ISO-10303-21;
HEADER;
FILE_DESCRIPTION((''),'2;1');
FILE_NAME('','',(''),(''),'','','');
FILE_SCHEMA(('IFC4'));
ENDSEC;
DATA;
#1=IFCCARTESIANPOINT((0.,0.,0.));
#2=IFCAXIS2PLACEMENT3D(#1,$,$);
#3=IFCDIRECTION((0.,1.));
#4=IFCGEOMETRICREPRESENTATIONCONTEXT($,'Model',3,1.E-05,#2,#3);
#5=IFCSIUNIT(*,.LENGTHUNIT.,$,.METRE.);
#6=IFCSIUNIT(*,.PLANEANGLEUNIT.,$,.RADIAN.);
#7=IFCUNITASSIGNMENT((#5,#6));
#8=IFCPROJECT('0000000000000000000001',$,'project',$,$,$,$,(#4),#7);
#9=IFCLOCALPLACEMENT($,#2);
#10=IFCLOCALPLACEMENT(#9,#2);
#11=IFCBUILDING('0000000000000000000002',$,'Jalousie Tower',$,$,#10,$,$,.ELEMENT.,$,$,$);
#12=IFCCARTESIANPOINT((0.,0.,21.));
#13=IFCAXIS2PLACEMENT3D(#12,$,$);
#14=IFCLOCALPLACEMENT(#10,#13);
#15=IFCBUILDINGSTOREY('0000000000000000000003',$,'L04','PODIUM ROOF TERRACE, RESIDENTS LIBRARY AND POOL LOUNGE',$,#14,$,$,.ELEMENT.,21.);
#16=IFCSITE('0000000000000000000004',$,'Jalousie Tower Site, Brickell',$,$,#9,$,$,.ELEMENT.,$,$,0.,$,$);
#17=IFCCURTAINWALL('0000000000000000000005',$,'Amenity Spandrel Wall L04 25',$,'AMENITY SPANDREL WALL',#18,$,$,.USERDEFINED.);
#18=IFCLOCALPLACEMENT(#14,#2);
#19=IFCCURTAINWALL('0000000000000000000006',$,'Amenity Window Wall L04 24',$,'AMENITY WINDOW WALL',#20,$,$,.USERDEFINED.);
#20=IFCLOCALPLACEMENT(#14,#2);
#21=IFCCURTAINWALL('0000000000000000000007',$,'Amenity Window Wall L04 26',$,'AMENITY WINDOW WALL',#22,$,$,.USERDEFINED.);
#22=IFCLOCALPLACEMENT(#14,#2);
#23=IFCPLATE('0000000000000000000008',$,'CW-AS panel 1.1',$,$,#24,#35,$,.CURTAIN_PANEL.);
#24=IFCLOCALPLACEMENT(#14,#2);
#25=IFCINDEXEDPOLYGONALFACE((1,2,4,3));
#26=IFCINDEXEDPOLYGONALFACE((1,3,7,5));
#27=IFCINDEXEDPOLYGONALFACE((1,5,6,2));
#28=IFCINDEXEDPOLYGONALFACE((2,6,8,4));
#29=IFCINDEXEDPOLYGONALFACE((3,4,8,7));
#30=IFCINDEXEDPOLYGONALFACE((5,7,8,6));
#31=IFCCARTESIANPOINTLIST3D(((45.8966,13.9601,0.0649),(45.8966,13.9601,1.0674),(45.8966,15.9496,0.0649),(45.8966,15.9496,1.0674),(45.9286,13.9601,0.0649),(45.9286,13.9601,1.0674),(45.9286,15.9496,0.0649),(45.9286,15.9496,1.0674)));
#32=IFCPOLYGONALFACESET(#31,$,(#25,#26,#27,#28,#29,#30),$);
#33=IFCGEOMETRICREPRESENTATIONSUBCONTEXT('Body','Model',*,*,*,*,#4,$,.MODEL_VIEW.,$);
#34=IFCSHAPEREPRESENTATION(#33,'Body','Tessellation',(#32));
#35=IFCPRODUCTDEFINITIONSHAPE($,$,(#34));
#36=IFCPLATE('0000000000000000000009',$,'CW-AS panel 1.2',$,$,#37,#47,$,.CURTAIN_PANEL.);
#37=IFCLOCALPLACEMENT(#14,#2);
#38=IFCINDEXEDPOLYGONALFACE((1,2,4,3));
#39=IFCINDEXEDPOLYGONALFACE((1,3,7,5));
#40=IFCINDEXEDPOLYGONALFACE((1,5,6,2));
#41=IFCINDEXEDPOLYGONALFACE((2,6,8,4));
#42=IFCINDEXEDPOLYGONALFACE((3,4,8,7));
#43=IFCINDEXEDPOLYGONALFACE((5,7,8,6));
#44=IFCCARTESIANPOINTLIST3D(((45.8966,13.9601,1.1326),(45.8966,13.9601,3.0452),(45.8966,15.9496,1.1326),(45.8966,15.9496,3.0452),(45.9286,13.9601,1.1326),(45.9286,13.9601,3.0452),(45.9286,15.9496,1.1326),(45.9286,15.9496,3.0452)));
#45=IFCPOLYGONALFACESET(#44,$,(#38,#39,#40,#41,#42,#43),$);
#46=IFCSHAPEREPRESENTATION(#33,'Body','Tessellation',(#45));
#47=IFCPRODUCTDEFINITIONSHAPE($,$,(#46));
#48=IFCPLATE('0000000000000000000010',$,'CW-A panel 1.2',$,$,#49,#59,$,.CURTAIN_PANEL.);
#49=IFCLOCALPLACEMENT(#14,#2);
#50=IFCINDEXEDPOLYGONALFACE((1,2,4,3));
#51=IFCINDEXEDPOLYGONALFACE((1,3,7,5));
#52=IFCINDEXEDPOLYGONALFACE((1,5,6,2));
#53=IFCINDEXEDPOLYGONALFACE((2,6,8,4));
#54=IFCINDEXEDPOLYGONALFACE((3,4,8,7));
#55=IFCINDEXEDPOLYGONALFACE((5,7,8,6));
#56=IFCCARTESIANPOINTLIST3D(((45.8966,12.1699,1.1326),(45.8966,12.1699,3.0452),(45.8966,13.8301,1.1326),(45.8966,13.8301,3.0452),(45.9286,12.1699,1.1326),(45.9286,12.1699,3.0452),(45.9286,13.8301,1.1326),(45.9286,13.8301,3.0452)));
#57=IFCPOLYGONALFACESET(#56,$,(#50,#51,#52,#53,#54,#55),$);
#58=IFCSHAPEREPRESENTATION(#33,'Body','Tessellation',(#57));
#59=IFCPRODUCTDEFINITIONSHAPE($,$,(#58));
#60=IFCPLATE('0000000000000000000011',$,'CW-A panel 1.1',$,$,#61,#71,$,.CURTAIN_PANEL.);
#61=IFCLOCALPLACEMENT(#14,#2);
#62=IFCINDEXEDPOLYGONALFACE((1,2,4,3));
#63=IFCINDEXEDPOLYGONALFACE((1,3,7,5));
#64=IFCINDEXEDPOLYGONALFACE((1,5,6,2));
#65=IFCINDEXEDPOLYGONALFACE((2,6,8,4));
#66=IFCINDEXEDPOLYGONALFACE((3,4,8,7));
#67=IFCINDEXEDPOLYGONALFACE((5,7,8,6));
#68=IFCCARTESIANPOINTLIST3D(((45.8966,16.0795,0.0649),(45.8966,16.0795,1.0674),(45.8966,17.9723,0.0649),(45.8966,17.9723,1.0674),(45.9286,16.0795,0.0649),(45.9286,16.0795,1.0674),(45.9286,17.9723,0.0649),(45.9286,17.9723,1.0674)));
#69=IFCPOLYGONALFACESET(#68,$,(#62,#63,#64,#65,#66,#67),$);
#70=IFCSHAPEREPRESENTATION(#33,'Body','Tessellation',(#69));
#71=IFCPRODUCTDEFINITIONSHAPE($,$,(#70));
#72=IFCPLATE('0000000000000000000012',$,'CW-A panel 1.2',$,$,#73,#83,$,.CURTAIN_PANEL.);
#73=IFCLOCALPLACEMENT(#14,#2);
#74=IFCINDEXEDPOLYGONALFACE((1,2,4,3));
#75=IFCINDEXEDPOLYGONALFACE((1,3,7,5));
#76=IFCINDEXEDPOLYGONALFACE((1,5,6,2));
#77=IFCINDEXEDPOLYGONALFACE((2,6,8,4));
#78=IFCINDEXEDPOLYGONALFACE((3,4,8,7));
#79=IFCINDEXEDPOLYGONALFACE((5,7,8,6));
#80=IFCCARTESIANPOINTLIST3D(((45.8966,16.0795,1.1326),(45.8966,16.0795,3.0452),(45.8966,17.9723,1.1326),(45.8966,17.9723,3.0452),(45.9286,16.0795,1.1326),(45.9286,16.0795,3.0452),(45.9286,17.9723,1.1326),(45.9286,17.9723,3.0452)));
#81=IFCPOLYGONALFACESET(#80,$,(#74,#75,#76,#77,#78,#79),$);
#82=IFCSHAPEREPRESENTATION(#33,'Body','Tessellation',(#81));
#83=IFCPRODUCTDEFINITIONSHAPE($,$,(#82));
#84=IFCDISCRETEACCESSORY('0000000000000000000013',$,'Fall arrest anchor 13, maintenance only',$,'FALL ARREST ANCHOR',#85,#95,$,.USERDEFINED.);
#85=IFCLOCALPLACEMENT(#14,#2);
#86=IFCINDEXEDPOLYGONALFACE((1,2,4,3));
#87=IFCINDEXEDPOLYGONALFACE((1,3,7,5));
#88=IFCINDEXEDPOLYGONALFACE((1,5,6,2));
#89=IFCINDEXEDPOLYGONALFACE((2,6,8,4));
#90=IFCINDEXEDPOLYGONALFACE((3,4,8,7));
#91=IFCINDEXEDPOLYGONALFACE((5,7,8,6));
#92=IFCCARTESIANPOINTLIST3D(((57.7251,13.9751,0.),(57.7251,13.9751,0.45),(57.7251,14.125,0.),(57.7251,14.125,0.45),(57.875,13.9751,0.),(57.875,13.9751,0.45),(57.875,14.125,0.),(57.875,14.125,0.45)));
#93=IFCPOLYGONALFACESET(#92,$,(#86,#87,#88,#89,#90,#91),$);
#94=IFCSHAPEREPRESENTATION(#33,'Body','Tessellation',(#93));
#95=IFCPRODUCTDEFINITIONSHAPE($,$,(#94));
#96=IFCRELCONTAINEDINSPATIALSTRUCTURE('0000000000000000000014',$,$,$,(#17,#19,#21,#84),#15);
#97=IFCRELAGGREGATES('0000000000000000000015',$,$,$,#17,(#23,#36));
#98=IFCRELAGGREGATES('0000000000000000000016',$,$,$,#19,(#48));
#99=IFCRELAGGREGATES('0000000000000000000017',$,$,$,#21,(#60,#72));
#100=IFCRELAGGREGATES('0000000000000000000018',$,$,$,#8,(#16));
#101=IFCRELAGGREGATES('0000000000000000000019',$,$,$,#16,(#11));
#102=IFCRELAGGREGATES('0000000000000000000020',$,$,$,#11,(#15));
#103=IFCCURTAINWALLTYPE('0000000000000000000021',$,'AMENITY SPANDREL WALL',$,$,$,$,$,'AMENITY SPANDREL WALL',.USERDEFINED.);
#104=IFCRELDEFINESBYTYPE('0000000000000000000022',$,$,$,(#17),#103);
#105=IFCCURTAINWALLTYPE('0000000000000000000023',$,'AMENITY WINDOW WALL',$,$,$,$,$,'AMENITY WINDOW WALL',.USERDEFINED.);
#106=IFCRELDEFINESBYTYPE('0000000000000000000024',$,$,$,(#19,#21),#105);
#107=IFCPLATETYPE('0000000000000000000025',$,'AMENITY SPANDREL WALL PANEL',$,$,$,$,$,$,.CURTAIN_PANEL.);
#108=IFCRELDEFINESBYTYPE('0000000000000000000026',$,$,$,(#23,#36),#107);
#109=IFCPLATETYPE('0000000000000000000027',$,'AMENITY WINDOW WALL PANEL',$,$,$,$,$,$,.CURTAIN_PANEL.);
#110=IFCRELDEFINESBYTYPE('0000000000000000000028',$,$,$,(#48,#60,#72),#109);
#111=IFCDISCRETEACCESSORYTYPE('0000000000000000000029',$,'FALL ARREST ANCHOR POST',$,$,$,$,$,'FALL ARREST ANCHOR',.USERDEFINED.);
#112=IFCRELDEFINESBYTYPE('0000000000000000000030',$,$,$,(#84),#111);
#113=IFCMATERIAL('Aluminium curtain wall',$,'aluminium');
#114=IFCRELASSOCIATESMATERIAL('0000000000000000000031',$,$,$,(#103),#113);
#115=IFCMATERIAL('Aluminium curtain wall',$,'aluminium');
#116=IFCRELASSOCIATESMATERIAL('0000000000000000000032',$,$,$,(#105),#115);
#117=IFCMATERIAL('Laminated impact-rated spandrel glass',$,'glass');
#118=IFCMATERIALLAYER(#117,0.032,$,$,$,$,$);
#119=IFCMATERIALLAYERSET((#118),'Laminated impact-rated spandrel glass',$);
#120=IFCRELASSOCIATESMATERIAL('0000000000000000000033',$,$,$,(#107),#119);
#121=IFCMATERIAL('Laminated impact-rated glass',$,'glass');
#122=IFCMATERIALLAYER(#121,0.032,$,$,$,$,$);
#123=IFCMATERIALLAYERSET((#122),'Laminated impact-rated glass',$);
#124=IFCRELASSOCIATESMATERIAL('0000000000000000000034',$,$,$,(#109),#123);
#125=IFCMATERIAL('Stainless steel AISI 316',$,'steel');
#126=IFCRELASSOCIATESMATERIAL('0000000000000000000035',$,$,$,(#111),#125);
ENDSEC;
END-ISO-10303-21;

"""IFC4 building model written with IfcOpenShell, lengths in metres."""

from ifc_helpers import new_model, si_unit, direction, frame, origin, origin_2d, place, context, subcontext, project, spatial, rectangle, extrude, material, layer, layer_set, type_object, element, aggregate, save


model = new_model("IFC4")

# Units and contexts
model_context = context("Model", 3, precision=1e-05, world=origin(), true_north=direction((0.0, 1.0)))
body_context = subcontext(model_context, "Body", "Model", "MODEL_VIEW")
ifc_project = project(units=[si_unit("LENGTHUNIT", "METRE"), si_unit("PLANEANGLEUNIT", "RADIAN")], contexts=[model_context])

# Site, building, storey
site_placement = place(None, origin())
site = spatial("IfcSite", under=ifc_project, at=site_placement, Name="Jalousie Tower Site, Brickell", CompositionType="ELEMENT", RefElevation=0.0)
building_placement = place(site_placement, origin())
building = spatial("IfcBuilding", under=site, at=building_placement, Name="Jalousie Tower", CompositionType="ELEMENT")
storey_placement = place(building_placement, frame((0.0, 0.0, 21.0)))
storey = spatial("IfcBuildingStorey", under=building, at=storey_placement, Name="L04", Description="PODIUM ROOF TERRACE, RESIDENTS LIBRARY AND POOL LOUNGE", CompositionType="ELEMENT", Elevation=21.0)

# Curtain wall
ifc_material_1 = material(Name="Aluminium curtain wall", Category="aluminium")
curtain_wall_type_1 = type_object("IfcCurtainWallType", Name="AMENITY SPANDREL WALL", ElementType="AMENITY SPANDREL WALL", PredefinedType="USERDEFINED", material=ifc_material_1)
curtain_wall_1_placement = place(storey_placement, origin())
curtain_wall_1 = element("IfcCurtainWall", 1, at=curtain_wall_1_placement, inside=storey, type_object=curtain_wall_type_1, Name="Amenity Spandrel Wall L04 25", ObjectType="AMENITY SPANDREL WALL", PredefinedType="USERDEFINED")

# Curtain wall
ifc_material_2 = material(Name="Aluminium curtain wall", Category="aluminium")
curtain_wall_type_2 = type_object("IfcCurtainWallType", Name="AMENITY WINDOW WALL", ElementType="AMENITY WINDOW WALL", PredefinedType="USERDEFINED", material=ifc_material_2)
curtain_wall_2_placement = place(storey_placement, origin())
curtain_wall_2 = element("IfcCurtainWall", 2, at=curtain_wall_2_placement, inside=storey, type_object=curtain_wall_type_2, Name="Amenity Window Wall L04 24", ObjectType="AMENITY WINDOW WALL", PredefinedType="USERDEFINED")

# Curtain wall
curtain_wall_3_placement = place(storey_placement, origin())
curtain_wall_3 = element("IfcCurtainWall", 3, at=curtain_wall_3_placement, inside=storey, type_object=curtain_wall_type_2, Name="Amenity Window Wall L04 26", ObjectType="AMENITY WINDOW WALL", PredefinedType="USERDEFINED")

# Plates
ifc_material_3 = material(Name="Laminated impact-rated spandrel glass", Category="glass")
ifc_layer_1 = layer(ifc_material_3, 0.032)
ifc_layer_set_1 = layer_set([ifc_layer_1], Name="Laminated impact-rated spandrel glass")
plate_type_1 = type_object("IfcPlateType", Name="AMENITY SPANDREL WALL PANEL", PredefinedType="CURTAIN_PANEL", material=ifc_layer_set_1)
plate_1_placement = place(storey_placement, frame((45.9126, 14.9548, 0.0649), z_axis=(0.0, 0.0, 1.0), x_axis=(0.0, 1.0, 0.0)))
plate_1 = element("IfcPlate", 4, at=plate_1_placement, type_object=plate_type_1, Name="CW-AS panel 1.1", PredefinedType="CURTAIN_PANEL", context=body_context, shape_type="SweptSolid", body=[
    extrude(rectangle(XDim=1.9895, YDim=0.032, at=origin_2d()), origin(), (0.0, 0.0, 1.0), 1.0024),
])
plate_2_placement = place(storey_placement, frame((45.9126, 14.9548, 1.1326), z_axis=(0.0, 0.0, 1.0), x_axis=(0.0, 1.0, 0.0)))
plate_2 = element("IfcPlate", 5, at=plate_2_placement, type_object=plate_type_1, Name="CW-AS panel 1.2", PredefinedType="CURTAIN_PANEL", context=body_context, shape_type="SweptSolid", body=[
    extrude(rectangle(XDim=1.9895, YDim=0.032, at=origin_2d()), origin(), (0.0, 0.0, 1.0), 1.9126),
])
aggregate(curtain_wall_1, [plate_1, plate_2])
ifc_material_4 = material(Name="Laminated impact-rated glass", Category="glass")
ifc_layer_2 = layer(ifc_material_4, 0.032)
ifc_layer_set_2 = layer_set([ifc_layer_2], Name="Laminated impact-rated glass")
plate_type_2 = type_object("IfcPlateType", Name="AMENITY WINDOW WALL PANEL", PredefinedType="CURTAIN_PANEL", material=ifc_layer_set_2)
plate_3_placement = place(storey_placement, frame((45.9126, 13.0, 1.1326), z_axis=(0.0, 0.0, 1.0), x_axis=(0.0, 1.0, 0.0)))
plate_3 = element("IfcPlate", 6, at=plate_3_placement, type_object=plate_type_2, Name="CW-A panel 1.2", PredefinedType="CURTAIN_PANEL", context=body_context, shape_type="SweptSolid", body=[
    extrude(rectangle(XDim=1.6602, YDim=0.032, at=origin_2d()), origin(), (0.0, 0.0, 1.0), 1.9126),
])
aggregate(curtain_wall_2, [plate_3])
plate_4_placement = place(storey_placement, frame((45.9126, 17.0259, 0.0649), z_axis=(0.0, 0.0, 1.0), x_axis=(0.0, 1.0, 0.0)))
plate_4 = element("IfcPlate", 7, at=plate_4_placement, type_object=plate_type_2, Name="CW-A panel 1.1", PredefinedType="CURTAIN_PANEL", context=body_context, shape_type="SweptSolid", body=[
    extrude(rectangle(XDim=1.8928, YDim=0.032, at=origin_2d()), origin(), (0.0, 0.0, 1.0), 1.0024),
])
plate_5_placement = place(storey_placement, frame((45.9126, 17.0259, 1.1326), z_axis=(0.0, 0.0, 1.0), x_axis=(0.0, 1.0, 0.0)))
plate_5 = element("IfcPlate", 8, at=plate_5_placement, type_object=plate_type_2, Name="CW-A panel 1.2", PredefinedType="CURTAIN_PANEL", context=body_context, shape_type="SweptSolid", body=[
    extrude(rectangle(XDim=1.8928, YDim=0.032, at=origin_2d()), origin(), (0.0, 0.0, 1.0), 1.9126),
])
aggregate(curtain_wall_3, [plate_4, plate_5])

# Discrete accessory
ifc_material_5 = material(Name="Stainless steel AISI 316", Category="steel")
discrete_accessory_type = type_object("IfcDiscreteAccessoryType", Name="FALL ARREST ANCHOR POST", ElementType="FALL ARREST ANCHOR", PredefinedType="USERDEFINED", material=ifc_material_5)
discrete_accessory_placement = place(storey_placement, frame((57.8, 14.05, 0.0), z_axis=(0.0, 0.0, 1.0), x_axis=(1.0, 0.0, 0.0)))
element("IfcDiscreteAccessory", 9, at=discrete_accessory_placement, inside=storey, type_object=discrete_accessory_type, Name="Fall arrest anchor 13, maintenance only", ObjectType="FALL ARREST ANCHOR", PredefinedType="USERDEFINED", context=body_context, shape_type="SweptSolid", body=[
    extrude(rectangle(XDim=0.1499, YDim=0.1499, at=origin_2d()), origin(), (0.0, 0.0, 1.0), 0.45),
])

save(model, "model.ifc")
